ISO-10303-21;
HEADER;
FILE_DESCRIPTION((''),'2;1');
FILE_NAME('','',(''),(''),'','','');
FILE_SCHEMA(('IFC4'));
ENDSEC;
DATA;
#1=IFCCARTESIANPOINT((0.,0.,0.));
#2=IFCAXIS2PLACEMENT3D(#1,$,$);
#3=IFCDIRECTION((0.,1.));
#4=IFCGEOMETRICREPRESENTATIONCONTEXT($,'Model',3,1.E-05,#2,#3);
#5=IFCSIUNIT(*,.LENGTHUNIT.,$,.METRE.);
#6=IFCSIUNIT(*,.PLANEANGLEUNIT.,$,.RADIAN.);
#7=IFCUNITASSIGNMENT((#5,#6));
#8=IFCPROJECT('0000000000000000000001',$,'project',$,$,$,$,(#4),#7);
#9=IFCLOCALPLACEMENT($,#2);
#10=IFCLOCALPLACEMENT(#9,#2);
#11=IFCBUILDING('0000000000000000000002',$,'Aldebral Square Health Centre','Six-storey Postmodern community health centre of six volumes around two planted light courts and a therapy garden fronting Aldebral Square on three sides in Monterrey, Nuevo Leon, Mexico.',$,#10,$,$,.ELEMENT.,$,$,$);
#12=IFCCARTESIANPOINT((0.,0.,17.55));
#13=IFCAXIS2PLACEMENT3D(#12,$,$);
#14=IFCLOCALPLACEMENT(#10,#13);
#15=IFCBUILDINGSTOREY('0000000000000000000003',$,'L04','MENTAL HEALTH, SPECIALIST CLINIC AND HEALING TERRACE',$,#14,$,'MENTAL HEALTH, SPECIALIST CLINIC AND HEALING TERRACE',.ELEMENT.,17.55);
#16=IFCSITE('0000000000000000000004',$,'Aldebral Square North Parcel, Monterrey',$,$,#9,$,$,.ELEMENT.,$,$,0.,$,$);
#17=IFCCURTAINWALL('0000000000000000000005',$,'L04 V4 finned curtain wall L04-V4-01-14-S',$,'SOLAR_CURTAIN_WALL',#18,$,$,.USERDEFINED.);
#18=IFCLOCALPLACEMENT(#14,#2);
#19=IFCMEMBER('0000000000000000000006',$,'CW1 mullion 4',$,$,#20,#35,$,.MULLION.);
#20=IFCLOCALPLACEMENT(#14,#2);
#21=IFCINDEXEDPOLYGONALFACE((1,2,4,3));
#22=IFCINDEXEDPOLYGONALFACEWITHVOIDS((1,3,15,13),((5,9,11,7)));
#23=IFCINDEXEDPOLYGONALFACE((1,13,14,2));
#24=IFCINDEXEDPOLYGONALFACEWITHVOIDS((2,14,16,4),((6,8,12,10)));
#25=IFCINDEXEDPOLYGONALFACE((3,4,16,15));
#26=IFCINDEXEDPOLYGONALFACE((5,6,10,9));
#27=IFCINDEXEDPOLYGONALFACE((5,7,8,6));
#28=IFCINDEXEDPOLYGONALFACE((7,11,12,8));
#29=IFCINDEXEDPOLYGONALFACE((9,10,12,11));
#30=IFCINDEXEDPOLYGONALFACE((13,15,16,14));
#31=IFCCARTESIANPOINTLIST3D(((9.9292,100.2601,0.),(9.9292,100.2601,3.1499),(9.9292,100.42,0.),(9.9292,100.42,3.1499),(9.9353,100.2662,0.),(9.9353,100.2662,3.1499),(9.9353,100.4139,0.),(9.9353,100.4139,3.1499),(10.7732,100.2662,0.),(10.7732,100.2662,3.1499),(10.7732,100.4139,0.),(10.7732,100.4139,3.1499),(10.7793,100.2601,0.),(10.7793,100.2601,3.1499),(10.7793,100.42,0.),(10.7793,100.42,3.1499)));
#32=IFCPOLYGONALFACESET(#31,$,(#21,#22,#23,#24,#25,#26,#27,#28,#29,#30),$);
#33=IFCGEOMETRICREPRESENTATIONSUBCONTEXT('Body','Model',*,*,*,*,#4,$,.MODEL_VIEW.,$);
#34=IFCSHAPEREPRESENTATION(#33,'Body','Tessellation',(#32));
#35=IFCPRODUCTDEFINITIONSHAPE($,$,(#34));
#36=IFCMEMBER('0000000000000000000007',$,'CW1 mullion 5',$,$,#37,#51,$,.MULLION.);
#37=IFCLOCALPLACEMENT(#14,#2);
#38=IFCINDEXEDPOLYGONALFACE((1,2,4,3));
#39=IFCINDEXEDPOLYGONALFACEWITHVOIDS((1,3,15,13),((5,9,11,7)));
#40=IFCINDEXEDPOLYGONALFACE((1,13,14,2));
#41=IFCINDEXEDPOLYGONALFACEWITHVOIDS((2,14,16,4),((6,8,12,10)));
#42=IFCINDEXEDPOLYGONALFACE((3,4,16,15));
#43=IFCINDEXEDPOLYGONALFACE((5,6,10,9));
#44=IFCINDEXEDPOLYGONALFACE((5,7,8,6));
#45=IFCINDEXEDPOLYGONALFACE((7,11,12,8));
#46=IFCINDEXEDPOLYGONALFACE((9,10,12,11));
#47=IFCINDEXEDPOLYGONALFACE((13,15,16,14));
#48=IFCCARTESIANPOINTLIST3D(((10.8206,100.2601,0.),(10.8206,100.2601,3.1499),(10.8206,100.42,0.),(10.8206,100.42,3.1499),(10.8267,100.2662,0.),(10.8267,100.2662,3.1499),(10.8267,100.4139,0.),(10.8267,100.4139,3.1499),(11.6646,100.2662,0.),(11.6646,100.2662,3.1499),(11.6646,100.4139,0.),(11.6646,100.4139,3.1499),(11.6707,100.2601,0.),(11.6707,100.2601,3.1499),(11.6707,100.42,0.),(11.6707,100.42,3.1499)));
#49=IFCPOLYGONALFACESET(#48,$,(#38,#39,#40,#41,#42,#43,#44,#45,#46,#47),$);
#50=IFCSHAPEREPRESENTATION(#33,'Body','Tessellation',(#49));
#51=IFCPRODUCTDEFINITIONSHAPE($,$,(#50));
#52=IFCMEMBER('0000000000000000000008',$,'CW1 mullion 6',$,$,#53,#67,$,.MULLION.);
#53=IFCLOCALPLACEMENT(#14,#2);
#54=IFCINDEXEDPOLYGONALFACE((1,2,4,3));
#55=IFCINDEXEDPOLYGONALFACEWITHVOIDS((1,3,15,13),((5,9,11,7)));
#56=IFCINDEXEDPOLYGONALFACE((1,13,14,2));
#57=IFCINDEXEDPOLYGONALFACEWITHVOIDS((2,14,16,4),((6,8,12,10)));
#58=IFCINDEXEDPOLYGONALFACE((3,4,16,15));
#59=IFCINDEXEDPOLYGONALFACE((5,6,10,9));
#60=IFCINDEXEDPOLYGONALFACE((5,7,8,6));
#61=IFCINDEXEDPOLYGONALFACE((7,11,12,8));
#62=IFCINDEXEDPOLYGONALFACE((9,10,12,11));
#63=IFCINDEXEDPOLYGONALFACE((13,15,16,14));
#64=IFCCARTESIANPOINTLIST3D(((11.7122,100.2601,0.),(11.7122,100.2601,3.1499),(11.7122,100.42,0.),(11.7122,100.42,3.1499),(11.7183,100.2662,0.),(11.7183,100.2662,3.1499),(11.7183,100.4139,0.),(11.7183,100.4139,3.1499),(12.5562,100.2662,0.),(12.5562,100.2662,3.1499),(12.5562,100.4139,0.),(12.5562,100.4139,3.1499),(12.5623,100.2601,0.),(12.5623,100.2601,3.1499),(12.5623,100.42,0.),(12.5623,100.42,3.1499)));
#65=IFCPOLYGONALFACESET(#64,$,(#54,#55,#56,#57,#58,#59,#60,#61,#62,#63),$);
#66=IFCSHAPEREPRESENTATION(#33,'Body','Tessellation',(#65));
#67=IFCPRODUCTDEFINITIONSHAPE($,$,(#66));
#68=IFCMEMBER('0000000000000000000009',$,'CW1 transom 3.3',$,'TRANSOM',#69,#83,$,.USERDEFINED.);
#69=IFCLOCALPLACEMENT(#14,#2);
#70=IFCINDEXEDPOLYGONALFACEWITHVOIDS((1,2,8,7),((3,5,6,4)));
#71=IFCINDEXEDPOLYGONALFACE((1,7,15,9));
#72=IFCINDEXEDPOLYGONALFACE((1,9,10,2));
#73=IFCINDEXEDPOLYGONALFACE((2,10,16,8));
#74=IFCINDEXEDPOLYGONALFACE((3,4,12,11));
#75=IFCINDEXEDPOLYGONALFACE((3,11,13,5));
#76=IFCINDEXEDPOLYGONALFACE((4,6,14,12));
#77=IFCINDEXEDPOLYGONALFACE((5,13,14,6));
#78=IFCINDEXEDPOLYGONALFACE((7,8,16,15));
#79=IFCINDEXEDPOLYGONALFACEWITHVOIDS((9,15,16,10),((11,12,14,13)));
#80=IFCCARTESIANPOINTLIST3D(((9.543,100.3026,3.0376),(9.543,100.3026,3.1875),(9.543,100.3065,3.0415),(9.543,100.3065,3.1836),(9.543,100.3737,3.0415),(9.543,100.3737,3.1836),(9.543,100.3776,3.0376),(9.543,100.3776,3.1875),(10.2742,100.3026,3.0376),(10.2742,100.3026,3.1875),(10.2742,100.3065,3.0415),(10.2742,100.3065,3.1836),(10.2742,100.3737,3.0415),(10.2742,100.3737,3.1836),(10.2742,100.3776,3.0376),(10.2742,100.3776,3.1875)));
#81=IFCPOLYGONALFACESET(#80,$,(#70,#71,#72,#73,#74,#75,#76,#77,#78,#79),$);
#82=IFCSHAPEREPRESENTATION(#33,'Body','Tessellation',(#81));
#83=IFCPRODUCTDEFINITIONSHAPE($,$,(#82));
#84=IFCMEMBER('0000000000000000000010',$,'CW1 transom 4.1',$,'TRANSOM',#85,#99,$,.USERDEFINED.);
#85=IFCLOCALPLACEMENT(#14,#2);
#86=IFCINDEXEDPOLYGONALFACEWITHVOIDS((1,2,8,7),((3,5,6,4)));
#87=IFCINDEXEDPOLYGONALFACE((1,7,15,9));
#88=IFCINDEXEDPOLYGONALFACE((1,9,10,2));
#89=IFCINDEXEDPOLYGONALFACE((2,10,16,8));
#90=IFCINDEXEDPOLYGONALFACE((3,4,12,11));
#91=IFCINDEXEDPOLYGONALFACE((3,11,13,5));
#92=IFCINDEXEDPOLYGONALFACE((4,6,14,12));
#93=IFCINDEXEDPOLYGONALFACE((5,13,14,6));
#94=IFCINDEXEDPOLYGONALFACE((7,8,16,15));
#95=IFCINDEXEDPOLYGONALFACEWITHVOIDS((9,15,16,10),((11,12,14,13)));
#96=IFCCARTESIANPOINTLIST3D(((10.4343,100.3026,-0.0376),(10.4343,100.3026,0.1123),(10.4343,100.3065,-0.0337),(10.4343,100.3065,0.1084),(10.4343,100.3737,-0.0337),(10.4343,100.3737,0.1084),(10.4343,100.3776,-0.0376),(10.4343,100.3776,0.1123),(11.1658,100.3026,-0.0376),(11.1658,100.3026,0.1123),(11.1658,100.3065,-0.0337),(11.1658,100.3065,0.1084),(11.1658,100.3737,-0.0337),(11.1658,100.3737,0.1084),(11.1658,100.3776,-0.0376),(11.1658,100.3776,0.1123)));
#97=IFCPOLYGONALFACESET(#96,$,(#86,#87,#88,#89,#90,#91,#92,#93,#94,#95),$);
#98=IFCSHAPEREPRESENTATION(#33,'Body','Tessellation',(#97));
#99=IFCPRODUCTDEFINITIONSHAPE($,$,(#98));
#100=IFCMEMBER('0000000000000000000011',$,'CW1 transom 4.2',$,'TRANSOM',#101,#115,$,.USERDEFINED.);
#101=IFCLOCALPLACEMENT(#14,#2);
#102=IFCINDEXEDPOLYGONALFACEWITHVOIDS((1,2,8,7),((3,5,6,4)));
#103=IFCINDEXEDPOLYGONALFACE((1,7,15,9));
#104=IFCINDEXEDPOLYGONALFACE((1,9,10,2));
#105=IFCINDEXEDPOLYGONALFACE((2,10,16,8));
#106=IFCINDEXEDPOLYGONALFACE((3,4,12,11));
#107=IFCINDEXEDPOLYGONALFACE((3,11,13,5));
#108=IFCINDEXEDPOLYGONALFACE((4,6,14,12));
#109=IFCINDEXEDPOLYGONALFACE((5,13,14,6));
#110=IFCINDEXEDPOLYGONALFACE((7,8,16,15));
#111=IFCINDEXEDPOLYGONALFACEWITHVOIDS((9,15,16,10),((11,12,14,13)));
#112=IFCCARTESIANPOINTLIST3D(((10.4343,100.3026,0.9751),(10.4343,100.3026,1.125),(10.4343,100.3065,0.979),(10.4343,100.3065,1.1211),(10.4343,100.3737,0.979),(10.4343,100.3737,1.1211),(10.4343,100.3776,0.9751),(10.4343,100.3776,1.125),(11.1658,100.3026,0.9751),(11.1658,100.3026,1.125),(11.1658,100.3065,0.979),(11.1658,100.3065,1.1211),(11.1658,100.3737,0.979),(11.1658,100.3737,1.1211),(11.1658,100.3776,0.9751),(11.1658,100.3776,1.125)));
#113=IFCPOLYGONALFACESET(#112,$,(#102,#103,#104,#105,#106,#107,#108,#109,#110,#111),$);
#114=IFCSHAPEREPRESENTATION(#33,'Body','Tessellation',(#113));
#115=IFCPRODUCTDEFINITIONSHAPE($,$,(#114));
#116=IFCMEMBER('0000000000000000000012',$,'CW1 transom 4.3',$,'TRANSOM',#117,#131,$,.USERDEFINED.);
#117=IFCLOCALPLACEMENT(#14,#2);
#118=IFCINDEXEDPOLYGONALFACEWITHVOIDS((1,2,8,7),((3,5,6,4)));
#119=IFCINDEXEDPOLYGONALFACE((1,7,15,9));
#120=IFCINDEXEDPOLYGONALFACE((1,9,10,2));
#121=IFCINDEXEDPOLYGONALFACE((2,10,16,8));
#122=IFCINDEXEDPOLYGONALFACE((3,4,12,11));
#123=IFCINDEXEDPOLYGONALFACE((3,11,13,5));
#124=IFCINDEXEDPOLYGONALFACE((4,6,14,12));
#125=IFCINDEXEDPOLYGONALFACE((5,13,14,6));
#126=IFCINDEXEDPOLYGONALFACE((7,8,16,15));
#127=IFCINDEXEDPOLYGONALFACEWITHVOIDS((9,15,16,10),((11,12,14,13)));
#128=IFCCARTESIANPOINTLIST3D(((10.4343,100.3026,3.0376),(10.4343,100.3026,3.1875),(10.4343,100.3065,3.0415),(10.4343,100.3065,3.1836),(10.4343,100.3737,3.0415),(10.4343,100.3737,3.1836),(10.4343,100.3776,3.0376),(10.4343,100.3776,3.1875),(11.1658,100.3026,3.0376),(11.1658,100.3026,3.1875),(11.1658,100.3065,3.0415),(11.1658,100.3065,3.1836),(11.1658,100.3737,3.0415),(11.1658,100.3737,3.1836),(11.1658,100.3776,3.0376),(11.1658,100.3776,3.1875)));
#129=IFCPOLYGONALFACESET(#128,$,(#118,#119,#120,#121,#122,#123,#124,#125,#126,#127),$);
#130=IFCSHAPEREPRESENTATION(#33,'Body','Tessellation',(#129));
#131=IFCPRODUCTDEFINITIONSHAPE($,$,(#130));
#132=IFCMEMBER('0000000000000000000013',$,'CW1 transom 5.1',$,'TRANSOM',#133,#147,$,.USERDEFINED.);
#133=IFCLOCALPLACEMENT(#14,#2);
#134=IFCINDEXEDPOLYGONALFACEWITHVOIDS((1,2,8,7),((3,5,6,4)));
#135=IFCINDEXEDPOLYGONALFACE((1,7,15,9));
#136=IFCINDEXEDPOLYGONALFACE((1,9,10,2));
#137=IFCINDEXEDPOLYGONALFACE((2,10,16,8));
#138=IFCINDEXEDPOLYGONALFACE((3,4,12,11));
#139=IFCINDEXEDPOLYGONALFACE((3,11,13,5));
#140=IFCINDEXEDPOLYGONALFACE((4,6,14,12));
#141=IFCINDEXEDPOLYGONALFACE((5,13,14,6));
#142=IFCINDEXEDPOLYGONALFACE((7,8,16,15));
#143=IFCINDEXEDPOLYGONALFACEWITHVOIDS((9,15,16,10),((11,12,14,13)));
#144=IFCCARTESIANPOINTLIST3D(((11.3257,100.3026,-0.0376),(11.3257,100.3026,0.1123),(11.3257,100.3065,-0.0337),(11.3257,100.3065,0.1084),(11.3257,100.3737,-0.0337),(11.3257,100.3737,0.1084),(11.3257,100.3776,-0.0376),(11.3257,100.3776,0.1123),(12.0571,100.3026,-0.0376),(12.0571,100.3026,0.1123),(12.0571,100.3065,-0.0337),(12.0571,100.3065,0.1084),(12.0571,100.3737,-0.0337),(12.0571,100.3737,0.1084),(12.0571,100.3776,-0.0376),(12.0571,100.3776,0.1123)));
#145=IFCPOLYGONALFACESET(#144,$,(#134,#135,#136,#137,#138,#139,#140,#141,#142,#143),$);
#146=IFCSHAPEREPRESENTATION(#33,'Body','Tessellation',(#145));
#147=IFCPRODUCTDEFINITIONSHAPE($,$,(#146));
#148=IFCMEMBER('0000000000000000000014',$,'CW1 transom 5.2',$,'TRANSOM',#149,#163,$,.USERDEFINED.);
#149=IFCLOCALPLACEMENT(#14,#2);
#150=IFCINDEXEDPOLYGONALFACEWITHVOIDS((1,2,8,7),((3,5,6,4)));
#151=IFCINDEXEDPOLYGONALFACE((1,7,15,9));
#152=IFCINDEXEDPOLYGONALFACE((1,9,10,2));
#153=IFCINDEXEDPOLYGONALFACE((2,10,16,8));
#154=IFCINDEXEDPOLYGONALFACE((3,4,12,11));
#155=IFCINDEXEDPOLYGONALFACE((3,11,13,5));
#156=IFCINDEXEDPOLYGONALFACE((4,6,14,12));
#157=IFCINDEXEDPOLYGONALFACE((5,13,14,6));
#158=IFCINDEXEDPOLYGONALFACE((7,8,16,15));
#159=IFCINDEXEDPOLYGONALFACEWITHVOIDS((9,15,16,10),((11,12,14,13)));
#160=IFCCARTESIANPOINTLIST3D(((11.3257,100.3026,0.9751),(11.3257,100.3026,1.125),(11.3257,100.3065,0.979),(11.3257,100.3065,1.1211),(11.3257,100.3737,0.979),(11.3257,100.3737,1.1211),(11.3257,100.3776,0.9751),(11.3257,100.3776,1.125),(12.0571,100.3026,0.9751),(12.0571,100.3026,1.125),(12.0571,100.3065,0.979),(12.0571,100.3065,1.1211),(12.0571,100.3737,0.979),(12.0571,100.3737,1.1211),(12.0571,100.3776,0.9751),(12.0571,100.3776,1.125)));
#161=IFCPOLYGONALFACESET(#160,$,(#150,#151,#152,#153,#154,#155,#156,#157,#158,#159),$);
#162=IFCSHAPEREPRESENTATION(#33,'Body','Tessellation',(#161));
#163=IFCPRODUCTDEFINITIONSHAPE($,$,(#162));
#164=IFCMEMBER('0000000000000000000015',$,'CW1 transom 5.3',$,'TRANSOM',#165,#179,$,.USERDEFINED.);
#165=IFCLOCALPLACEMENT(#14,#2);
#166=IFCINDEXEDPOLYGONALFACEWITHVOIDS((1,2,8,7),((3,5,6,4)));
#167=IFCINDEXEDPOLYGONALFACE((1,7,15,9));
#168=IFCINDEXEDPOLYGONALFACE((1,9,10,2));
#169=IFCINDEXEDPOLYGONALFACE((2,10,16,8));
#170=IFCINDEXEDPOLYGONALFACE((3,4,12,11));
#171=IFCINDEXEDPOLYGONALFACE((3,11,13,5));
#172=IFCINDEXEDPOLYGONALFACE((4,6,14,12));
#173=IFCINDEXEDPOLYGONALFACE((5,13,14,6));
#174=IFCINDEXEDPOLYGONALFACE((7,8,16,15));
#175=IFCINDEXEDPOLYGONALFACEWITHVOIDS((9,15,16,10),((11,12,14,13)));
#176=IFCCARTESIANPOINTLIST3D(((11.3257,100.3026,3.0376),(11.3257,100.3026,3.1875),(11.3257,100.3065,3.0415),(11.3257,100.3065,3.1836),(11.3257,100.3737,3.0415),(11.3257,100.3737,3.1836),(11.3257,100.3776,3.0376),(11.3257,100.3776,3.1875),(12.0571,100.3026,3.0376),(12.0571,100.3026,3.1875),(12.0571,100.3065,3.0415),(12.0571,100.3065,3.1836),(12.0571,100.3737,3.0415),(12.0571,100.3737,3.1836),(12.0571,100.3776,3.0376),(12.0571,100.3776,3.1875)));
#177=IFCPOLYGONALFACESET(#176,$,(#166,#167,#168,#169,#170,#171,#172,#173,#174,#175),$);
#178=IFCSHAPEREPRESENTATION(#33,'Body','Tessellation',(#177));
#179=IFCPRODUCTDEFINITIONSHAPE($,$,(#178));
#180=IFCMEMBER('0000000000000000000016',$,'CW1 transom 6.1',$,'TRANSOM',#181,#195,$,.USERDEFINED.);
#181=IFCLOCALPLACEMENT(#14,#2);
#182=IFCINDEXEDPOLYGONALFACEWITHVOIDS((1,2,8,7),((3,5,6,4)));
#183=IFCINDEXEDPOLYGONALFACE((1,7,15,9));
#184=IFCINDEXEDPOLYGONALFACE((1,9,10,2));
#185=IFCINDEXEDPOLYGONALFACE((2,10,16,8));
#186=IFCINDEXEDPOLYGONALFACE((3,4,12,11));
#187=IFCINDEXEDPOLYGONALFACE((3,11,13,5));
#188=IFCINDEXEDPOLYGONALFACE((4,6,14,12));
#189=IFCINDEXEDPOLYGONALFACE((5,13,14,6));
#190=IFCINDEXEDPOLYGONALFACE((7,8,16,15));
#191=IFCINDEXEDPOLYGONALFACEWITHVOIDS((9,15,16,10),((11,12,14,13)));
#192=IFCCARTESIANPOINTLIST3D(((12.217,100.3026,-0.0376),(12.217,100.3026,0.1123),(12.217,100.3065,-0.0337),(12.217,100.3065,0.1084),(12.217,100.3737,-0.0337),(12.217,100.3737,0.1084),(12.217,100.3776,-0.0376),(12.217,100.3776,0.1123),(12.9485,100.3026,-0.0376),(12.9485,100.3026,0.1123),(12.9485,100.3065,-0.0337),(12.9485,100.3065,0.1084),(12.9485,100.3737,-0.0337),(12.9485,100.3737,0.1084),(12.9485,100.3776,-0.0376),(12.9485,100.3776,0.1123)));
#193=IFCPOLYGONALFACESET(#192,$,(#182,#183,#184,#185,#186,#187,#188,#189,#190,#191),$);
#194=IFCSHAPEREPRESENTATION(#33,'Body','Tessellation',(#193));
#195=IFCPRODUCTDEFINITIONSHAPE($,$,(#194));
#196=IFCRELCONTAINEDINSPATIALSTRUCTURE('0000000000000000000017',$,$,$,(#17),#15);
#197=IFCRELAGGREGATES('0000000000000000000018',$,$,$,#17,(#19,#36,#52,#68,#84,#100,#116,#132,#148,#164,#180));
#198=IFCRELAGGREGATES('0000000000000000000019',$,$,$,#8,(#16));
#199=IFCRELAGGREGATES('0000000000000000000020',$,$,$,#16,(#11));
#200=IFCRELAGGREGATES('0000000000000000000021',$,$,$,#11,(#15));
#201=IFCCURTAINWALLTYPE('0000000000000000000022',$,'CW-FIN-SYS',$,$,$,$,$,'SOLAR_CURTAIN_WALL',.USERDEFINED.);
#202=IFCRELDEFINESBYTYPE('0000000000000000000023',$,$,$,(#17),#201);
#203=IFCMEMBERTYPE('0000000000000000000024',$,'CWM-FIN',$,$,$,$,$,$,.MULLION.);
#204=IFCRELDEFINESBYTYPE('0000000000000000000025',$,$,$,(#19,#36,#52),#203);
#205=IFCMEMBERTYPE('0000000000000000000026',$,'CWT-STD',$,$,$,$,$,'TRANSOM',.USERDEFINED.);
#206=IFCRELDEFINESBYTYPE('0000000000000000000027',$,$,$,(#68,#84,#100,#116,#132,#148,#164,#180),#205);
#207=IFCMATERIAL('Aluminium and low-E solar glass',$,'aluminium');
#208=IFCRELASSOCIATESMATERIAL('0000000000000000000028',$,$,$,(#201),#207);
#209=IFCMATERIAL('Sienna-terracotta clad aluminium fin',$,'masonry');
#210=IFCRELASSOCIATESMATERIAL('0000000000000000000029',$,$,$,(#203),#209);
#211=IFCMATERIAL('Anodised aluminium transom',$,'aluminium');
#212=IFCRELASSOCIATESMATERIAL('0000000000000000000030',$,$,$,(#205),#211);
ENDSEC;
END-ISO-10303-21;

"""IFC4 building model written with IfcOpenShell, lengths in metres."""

from ifc_helpers import new_model, si_unit, direction, frame, origin, origin_2d, place, context, subcontext, project, spatial, hollow_rectangle, extrude, material, material_profile, profile_set, type_object, element, aggregate, save


model = new_model("IFC4")

# Units and contexts
model_context = context("Model", 3, precision=1e-05, world=origin(), true_north=direction((0.0, 1.0)))
body_context = subcontext(model_context, "Body", "Model", "MODEL_VIEW")
ifc_project = project(units=[si_unit("LENGTHUNIT", "METRE"), si_unit("PLANEANGLEUNIT", "RADIAN")], contexts=[model_context])

# Site, building, storey
site_placement = place(None, origin())
site = spatial("IfcSite", under=ifc_project, at=site_placement, Name="Aldebral Square North Parcel, Monterrey", CompositionType="ELEMENT", RefElevation=0.0)
building_placement = place(site_placement, origin())
building = spatial("IfcBuilding", under=site, at=building_placement, Name="Aldebral Square Health Centre", Description="Six-storey Postmodern community health centre of six volumes around two planted light courts and a therapy garden fronting Aldebral Square on three sides in Monterrey, Nuevo Leon, Mexico.", CompositionType="ELEMENT")
storey_placement = place(building_placement, frame((0.0, 0.0, 17.55)))
storey = spatial("IfcBuildingStorey", under=building, at=storey_placement, Name="L04", Description="MENTAL HEALTH, SPECIALIST CLINIC AND HEALING TERRACE", LongName="MENTAL HEALTH, SPECIALIST CLINIC AND HEALING TERRACE", CompositionType="ELEMENT", Elevation=17.55)

# Curtain wall, members
ifc_material_1 = material(Name="Aluminium and low-E solar glass", Category="aluminium")
curtain_wall_type = type_object("IfcCurtainWallType", Name="CW-FIN-SYS", ElementType="SOLAR_CURTAIN_WALL", PredefinedType="USERDEFINED", material=ifc_material_1)
curtain_wall_placement = place(storey_placement, origin())
curtain_wall = element("IfcCurtainWall", 1, at=curtain_wall_placement, inside=storey, type_object=curtain_wall_type, Name="L04 V4 finned curtain wall L04-V4-01-14-S", ObjectType="SOLAR_CURTAIN_WALL", PredefinedType="USERDEFINED")
ifc_material_2 = material(Name="Sienna-terracotta clad aluminium fin", Category="masonry")
ifc_material_profile_1 = material_profile(ifc_material_2, hollow_rectangle(XDim=0.1599, YDim=0.8501, WallThickness=0.0061, at=origin_2d()), Name="FIN 160x850x6")
ifc_profile_set_1 = profile_set([ifc_material_profile_1], Name="Sienna-terracotta clad aluminium fin")
member_type_1 = type_object("IfcMemberType", Name="CWM-FIN", PredefinedType="MULLION", material=ifc_profile_set_1)
member_1_placement = place(storey_placement, frame((10.3542, 100.3401, 0.0), z_axis=(0.0, 0.0, 1.0), x_axis=(0.0, 1.0, 0.0)))
member_1 = element("IfcMember", 2, at=member_1_placement, type_object=member_type_1, Name="CW1 mullion 4", PredefinedType="MULLION", context=body_context, shape_type="SweptSolid", body=[
    extrude(hollow_rectangle(XDim=0.1599, YDim=0.8501, WallThickness=0.0061, at=origin_2d()), origin(), (0.0, 0.0, 1.0), 3.1499),
])
member_2_placement = place(storey_placement, frame((11.2456, 100.3401, 0.0), z_axis=(0.0, 0.0, 1.0), x_axis=(0.0, 1.0, 0.0)))
member_2 = element("IfcMember", 3, at=member_2_placement, type_object=member_type_1, Name="CW1 mullion 5", PredefinedType="MULLION", context=body_context, shape_type="SweptSolid", body=[
    extrude(hollow_rectangle(XDim=0.1599, YDim=0.8501, WallThickness=0.0061, at=origin_2d()), origin(), (0.0, 0.0, 1.0), 3.1499),
])
member_3_placement = place(storey_placement, frame((12.1372, 100.3401, 0.0), z_axis=(0.0, 0.0, 1.0), x_axis=(0.0, 1.0, 0.0)))
member_3 = element("IfcMember", 4, at=member_3_placement, type_object=member_type_1, Name="CW1 mullion 6", PredefinedType="MULLION", context=body_context, shape_type="SweptSolid", body=[
    extrude(hollow_rectangle(XDim=0.1599, YDim=0.8501, WallThickness=0.0061, at=origin_2d()), origin(), (0.0, 0.0, 1.0), 3.1499),
])
ifc_material_3 = material(Name="Anodised aluminium transom", Category="aluminium")
ifc_material_profile_2 = material_profile(ifc_material_3, hollow_rectangle(XDim=0.075, YDim=0.1499, WallThickness=0.0039, at=origin_2d()), Name="CWT 75x150x4")
ifc_profile_set_2 = profile_set([ifc_material_profile_2], Name="Anodised aluminium transom")
member_type_2 = type_object("IfcMemberType", Name="CWT-STD", ElementType="TRANSOM", PredefinedType="USERDEFINED", material=ifc_profile_set_2)
member_4_placement = place(storey_placement, frame((9.543, 100.3401, 3.1125), z_axis=(1.0, 0.0, 0.0), x_axis=(0.0, 1.0, 0.0)))
member_4 = element("IfcMember", 5, at=member_4_placement, type_object=member_type_2, Name="CW1 transom 3.3", ObjectType="TRANSOM", PredefinedType="USERDEFINED", context=body_context, shape_type="SweptSolid", body=[
    extrude(hollow_rectangle(XDim=0.075, YDim=0.1499, WallThickness=0.0039, at=origin_2d()), origin(), (0.0, 0.0, 1.0), 0.7312),
])
member_5_placement = place(storey_placement, frame((10.4343, 100.3401, 0.0374), z_axis=(1.0, 0.0, 0.0), x_axis=(0.0, 1.0, 0.0)))
member_5 = element("IfcMember", 6, at=member_5_placement, type_object=member_type_2, Name="CW1 transom 4.1", ObjectType="TRANSOM", PredefinedType="USERDEFINED", context=body_context, shape_type="SweptSolid", body=[
    extrude(hollow_rectangle(XDim=0.075, YDim=0.1499, WallThickness=0.0039, at=origin_2d()), origin(), (0.0, 0.0, 1.0), 0.7314),
])
member_6_placement = place(storey_placement, frame((10.4343, 100.3401, 1.05), z_axis=(1.0, 0.0, 0.0), x_axis=(0.0, 1.0, 0.0)))
member_6 = element("IfcMember", 7, at=member_6_placement, type_object=member_type_2, Name="CW1 transom 4.2", ObjectType="TRANSOM", PredefinedType="USERDEFINED", context=body_context, shape_type="SweptSolid", body=[
    extrude(hollow_rectangle(XDim=0.075, YDim=0.1499, WallThickness=0.0039, at=origin_2d()), origin(), (0.0, 0.0, 1.0), 0.7314),
])
member_7_placement = place(storey_placement, frame((10.4343, 100.3401, 3.1125), z_axis=(1.0, 0.0, 0.0), x_axis=(0.0, 1.0, 0.0)))
member_7 = element("IfcMember", 8, at=member_7_placement, type_object=member_type_2, Name="CW1 transom 4.3", ObjectType="TRANSOM", PredefinedType="USERDEFINED", context=body_context, shape_type="SweptSolid", body=[
    extrude(hollow_rectangle(XDim=0.075, YDim=0.1499, WallThickness=0.0039, at=origin_2d()), origin(), (0.0, 0.0, 1.0), 0.7314),
])
member_8_placement = place(storey_placement, frame((11.3257, 100.3401, 0.0374), z_axis=(1.0, 0.0, 0.0), x_axis=(0.0, 1.0, 0.0)))
member_8 = element("IfcMember", 9, at=member_8_placement, type_object=member_type_2, Name="CW1 transom 5.1", ObjectType="TRANSOM", PredefinedType="USERDEFINED", context=body_context, shape_type="SweptSolid", body=[
    extrude(hollow_rectangle(XDim=0.075, YDim=0.1499, WallThickness=0.0039, at=origin_2d()), origin(), (0.0, 0.0, 1.0), 0.7314),
])
member_9_placement = place(storey_placement, frame((11.3257, 100.3401, 1.05), z_axis=(1.0, 0.0, 0.0), x_axis=(0.0, 1.0, 0.0)))
member_9 = element("IfcMember", 10, at=member_9_placement, type_object=member_type_2, Name="CW1 transom 5.2", ObjectType="TRANSOM", PredefinedType="USERDEFINED", context=body_context, shape_type="SweptSolid", body=[
    extrude(hollow_rectangle(XDim=0.075, YDim=0.1499, WallThickness=0.0039, at=origin_2d()), origin(), (0.0, 0.0, 1.0), 0.7314),
])
member_10_placement = place(storey_placement, frame((11.3257, 100.3401, 3.1125), z_axis=(1.0, 0.0, 0.0), x_axis=(0.0, 1.0, 0.0)))
member_10 = element("IfcMember", 11, at=member_10_placement, type_object=member_type_2, Name="CW1 transom 5.3", ObjectType="TRANSOM", PredefinedType="USERDEFINED", context=body_context, shape_type="SweptSolid", body=[
    extrude(hollow_rectangle(XDim=0.075, YDim=0.1499, WallThickness=0.0039, at=origin_2d()), origin(), (0.0, 0.0, 1.0), 0.7314),
])
member_11_placement = place(storey_placement, frame((12.217, 100.3401, 0.0374), z_axis=(1.0, 0.0, 0.0), x_axis=(0.0, 1.0, 0.0)))
member_11 = element("IfcMember", 12, at=member_11_placement, type_object=member_type_2, Name="CW1 transom 6.1", ObjectType="TRANSOM", PredefinedType="USERDEFINED", context=body_context, shape_type="SweptSolid", body=[
    extrude(hollow_rectangle(XDim=0.075, YDim=0.1499, WallThickness=0.0039, at=origin_2d()), origin(), (0.0, 0.0, 1.0), 0.7314),
])
aggregate(curtain_wall, [member_1, member_2, member_3, member_4, member_5, member_6, member_7, member_8, member_9, member_10, member_11])

save(model, "model.ifc")
